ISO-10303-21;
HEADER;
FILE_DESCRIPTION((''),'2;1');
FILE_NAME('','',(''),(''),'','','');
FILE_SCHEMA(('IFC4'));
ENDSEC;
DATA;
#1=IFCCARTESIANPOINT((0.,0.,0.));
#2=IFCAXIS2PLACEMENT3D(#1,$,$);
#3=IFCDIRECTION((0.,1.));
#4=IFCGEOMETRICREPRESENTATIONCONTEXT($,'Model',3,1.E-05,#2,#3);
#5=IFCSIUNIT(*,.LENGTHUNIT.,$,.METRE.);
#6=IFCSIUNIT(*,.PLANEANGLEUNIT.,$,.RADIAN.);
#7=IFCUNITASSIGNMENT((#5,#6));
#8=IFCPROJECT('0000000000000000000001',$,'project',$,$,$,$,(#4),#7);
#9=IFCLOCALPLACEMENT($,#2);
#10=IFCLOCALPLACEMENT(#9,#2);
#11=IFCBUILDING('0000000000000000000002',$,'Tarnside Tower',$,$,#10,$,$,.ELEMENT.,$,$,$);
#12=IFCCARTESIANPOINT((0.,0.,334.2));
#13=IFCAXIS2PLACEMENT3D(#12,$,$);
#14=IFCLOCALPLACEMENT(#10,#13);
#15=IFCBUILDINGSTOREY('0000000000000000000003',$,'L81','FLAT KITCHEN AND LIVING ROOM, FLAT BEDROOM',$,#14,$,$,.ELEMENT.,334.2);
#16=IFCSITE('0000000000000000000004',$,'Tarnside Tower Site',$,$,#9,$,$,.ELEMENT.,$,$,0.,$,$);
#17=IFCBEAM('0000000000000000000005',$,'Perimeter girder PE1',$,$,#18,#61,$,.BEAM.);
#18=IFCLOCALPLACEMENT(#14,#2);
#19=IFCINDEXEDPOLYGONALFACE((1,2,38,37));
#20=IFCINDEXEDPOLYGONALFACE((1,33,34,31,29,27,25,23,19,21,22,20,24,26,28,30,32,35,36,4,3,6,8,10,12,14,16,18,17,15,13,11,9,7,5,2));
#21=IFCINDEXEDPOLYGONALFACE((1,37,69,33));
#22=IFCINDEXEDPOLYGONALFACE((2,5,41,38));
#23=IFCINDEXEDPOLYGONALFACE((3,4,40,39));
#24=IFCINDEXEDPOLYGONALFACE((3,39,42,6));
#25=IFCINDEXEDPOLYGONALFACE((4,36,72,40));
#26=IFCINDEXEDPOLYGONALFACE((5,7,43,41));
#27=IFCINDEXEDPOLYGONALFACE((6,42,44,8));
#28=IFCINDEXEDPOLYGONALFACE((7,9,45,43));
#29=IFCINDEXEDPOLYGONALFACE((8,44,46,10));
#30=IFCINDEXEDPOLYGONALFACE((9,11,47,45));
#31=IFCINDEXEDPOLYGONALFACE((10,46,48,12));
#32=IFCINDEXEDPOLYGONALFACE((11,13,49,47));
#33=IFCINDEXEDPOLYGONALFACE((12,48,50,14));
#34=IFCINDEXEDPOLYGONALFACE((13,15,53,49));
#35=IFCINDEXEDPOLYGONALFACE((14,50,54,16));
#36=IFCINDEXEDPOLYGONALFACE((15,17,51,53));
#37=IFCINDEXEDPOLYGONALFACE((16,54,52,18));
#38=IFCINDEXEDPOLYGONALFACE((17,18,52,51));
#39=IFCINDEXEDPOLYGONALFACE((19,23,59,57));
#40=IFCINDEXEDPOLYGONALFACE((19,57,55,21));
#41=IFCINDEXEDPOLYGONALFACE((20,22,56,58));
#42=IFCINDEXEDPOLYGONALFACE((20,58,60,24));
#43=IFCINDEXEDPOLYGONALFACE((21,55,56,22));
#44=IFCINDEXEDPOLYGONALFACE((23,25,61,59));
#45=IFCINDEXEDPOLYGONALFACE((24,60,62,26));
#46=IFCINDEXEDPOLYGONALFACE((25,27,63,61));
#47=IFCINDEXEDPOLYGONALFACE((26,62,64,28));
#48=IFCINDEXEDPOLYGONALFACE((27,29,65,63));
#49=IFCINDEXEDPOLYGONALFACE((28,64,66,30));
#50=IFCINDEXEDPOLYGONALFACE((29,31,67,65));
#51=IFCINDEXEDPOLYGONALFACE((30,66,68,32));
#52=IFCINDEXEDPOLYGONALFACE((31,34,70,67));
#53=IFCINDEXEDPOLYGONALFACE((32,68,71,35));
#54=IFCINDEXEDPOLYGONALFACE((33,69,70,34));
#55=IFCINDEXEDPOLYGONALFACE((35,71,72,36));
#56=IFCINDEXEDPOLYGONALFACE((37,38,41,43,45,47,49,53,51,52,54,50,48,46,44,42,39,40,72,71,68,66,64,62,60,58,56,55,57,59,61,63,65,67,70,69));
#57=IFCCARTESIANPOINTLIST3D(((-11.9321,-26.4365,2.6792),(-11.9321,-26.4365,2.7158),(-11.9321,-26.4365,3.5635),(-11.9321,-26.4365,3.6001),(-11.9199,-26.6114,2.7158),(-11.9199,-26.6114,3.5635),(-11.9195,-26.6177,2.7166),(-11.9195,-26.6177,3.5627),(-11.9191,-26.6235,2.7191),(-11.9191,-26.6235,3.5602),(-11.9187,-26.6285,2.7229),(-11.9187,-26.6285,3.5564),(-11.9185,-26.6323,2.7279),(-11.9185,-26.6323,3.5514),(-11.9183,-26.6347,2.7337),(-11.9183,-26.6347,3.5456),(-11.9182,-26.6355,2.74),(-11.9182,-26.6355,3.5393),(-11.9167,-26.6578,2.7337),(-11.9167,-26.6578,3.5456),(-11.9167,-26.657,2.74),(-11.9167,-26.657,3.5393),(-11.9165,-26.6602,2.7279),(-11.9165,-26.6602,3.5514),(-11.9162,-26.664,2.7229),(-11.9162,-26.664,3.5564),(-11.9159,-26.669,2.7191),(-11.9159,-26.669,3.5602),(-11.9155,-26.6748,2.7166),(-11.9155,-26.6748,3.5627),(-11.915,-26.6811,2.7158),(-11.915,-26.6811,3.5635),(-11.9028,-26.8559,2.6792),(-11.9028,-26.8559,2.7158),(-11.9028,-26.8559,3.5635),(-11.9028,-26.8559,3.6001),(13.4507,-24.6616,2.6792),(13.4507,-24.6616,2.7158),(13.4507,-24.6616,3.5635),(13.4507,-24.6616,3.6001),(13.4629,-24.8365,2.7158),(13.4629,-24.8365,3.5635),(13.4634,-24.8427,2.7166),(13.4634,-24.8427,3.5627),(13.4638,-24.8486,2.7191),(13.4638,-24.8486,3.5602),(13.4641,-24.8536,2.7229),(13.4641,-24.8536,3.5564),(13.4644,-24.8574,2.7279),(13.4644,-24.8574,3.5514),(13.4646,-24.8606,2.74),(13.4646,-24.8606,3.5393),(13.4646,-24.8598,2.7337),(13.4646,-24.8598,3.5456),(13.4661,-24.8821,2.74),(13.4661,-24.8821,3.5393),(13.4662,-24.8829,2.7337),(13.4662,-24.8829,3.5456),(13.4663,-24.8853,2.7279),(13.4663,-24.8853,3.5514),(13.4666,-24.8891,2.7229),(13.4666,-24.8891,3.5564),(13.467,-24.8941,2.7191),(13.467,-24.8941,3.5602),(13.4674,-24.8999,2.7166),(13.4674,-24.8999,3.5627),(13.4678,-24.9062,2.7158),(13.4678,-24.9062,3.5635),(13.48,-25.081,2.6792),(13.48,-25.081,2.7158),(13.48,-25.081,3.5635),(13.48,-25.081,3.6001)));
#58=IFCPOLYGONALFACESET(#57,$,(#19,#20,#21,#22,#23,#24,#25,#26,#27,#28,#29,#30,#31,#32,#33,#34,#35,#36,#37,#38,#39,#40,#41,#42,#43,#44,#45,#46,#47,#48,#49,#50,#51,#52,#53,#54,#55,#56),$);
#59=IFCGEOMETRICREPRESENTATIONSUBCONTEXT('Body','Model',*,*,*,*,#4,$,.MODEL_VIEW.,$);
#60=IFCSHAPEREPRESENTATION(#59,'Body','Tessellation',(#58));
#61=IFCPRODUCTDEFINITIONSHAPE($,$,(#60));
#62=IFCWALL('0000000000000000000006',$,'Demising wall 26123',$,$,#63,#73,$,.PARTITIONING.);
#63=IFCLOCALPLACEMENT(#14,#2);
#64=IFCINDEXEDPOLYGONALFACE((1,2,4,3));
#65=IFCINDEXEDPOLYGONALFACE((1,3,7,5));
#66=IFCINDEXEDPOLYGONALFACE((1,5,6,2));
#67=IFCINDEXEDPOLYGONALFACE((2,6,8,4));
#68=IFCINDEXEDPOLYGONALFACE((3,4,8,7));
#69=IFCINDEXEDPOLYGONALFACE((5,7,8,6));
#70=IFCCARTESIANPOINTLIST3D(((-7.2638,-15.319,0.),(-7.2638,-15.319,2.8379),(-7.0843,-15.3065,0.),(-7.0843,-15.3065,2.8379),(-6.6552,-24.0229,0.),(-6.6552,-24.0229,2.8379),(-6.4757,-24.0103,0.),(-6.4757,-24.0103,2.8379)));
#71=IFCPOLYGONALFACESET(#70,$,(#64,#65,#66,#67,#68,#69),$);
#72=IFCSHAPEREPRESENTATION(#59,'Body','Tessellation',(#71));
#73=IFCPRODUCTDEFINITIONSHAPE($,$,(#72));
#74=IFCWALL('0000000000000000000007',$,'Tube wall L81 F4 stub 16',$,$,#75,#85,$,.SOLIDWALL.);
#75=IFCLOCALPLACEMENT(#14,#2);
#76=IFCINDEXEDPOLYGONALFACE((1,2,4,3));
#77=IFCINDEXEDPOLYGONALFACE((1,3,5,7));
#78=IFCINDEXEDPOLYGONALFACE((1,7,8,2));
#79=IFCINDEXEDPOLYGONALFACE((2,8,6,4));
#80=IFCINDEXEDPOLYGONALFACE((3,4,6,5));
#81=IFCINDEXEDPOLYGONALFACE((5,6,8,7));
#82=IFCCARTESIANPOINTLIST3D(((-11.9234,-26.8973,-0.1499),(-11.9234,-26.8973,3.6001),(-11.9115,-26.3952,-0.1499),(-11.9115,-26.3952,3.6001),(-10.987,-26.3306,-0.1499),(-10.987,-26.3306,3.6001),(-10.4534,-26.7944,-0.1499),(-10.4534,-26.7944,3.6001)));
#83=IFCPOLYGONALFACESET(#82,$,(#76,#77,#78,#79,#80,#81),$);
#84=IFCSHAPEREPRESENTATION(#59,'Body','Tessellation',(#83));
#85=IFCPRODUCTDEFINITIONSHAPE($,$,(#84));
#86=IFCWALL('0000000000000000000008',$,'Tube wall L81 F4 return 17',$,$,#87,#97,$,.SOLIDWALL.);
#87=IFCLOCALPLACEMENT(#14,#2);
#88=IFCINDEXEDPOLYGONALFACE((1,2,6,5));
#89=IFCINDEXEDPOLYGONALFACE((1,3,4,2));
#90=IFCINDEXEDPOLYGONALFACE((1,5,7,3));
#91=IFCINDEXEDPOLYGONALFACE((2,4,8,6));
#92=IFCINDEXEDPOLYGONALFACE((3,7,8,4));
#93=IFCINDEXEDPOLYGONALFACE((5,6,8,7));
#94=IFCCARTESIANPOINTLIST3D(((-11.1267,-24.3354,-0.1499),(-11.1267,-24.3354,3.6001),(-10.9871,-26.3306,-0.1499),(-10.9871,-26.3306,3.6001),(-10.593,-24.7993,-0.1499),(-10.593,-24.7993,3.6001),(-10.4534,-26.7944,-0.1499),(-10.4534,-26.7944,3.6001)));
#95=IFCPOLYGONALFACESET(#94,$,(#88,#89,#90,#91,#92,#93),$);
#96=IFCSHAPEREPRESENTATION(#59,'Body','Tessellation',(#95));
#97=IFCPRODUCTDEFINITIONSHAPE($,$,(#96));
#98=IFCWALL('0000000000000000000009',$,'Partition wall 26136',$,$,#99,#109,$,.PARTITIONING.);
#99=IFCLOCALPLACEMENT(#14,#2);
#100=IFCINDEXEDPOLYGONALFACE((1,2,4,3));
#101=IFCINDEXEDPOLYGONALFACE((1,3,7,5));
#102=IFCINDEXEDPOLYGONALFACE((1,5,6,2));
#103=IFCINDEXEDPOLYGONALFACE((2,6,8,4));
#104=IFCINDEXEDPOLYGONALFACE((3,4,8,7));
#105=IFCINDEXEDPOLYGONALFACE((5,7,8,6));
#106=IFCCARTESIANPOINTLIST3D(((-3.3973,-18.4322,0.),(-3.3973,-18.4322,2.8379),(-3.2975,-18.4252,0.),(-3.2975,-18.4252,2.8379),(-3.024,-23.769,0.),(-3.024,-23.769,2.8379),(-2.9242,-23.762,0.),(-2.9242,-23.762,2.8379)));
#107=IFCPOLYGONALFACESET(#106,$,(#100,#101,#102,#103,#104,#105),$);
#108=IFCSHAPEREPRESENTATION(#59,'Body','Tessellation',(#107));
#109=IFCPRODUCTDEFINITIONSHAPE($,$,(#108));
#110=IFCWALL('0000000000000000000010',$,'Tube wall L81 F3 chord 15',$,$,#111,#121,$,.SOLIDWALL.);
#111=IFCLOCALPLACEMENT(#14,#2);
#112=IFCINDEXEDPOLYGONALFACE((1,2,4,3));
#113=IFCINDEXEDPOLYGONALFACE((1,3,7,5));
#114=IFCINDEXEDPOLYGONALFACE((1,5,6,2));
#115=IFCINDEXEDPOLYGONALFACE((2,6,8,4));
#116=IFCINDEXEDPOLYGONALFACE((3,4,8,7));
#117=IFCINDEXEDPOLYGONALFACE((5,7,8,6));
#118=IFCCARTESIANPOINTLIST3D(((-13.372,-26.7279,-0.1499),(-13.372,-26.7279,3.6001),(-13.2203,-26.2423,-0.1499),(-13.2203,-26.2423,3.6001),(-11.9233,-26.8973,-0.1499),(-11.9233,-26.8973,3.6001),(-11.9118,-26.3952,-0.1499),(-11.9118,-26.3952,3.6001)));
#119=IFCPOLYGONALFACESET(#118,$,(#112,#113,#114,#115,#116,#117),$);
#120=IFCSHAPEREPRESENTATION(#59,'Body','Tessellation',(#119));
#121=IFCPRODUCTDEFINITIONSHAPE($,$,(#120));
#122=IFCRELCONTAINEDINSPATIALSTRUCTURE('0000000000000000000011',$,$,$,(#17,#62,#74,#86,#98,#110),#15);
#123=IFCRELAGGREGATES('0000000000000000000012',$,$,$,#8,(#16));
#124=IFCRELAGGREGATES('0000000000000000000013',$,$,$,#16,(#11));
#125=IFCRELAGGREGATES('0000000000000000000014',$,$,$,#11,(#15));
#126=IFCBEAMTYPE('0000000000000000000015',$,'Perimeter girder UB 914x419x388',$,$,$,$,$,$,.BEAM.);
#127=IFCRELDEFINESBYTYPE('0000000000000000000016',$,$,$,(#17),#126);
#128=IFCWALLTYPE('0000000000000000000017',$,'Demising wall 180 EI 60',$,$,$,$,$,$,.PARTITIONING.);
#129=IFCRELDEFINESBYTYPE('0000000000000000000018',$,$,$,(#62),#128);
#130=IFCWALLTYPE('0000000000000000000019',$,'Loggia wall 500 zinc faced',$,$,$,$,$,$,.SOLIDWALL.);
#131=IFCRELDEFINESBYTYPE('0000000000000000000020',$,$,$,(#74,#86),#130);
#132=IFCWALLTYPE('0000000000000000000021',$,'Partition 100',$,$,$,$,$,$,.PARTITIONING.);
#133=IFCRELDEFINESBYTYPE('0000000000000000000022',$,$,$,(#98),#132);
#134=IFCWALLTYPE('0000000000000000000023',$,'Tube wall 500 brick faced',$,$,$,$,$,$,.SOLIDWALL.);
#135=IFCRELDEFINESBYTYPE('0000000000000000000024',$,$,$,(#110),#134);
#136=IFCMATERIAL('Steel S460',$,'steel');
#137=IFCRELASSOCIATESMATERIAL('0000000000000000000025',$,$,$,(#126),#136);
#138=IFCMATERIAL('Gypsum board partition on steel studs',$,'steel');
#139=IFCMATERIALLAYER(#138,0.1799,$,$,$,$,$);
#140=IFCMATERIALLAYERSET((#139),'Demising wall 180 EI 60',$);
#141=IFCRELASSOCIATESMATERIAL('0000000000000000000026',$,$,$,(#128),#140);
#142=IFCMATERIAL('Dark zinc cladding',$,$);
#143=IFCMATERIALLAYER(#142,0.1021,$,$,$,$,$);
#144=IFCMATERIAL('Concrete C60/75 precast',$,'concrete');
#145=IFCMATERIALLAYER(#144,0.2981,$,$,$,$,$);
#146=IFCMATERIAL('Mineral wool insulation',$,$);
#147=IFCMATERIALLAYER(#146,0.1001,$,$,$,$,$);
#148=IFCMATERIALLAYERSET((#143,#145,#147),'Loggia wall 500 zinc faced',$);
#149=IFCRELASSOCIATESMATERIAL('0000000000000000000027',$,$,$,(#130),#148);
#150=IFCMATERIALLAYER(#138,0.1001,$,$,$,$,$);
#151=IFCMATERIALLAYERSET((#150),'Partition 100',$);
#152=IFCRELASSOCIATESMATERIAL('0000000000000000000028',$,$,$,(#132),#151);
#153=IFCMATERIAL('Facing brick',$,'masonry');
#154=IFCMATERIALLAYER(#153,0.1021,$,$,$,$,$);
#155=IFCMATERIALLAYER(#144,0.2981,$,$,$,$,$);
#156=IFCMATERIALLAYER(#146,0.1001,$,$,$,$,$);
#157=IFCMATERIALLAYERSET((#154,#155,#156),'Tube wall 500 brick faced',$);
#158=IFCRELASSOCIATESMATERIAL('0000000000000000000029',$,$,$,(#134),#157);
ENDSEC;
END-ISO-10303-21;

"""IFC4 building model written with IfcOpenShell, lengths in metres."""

from ifc_helpers import new_model, si_unit, direction, frame, frame_2d, origin, origin_2d, place, context, subcontext, project, spatial, polyline, rectangle, i_section, outline, extrude, material, layer, layer_set, material_profile, profile_set, type_object, element, save


model = new_model("IFC4")

# Units and contexts
model_context = context("Model", 3, precision=1e-05, world=origin(), true_north=direction((0.0, 1.0)))
body_context = subcontext(model_context, "Body", "Model", "MODEL_VIEW")
ifc_project = project(units=[si_unit("LENGTHUNIT", "METRE"), si_unit("PLANEANGLEUNIT", "RADIAN")], contexts=[model_context])

# Site, building, storey
site_placement = place(None, origin())
site = spatial("IfcSite", under=ifc_project, at=site_placement, Name="Tarnside Tower Site", CompositionType="ELEMENT", RefElevation=0.0)
building_placement = place(site_placement, origin())
building = spatial("IfcBuilding", under=site, at=building_placement, Name="Tarnside Tower", CompositionType="ELEMENT")
storey_placement = place(building_placement, frame((0.0, 0.0, 334.2)))
storey = spatial("IfcBuildingStorey", under=building, at=storey_placement, Name="L81", Description="FLAT KITCHEN AND LIVING ROOM, FLAT BEDROOM", CompositionType="ELEMENT", Elevation=334.2)

# Beam
ifc_material_1 = material(Name="Steel S460", Category="steel")
ifc_material_profile = material_profile(ifc_material_1, i_section(OverallWidth=0.4204, OverallDepth=0.9209, WebThickness=0.0215, FlangeThickness=0.0366, FilletRadius=0.0242, at=origin_2d()), Name="UB 914x419x388")
ifc_profile_set = profile_set([ifc_material_profile], Name="Steel S460")
beam_type = type_object("IfcBeamType", Name="Perimeter girder UB 914x419x388", PredefinedType="BEAM", material=ifc_profile_set)
beam_placement = place(storey_placement, frame((-11.9175, -26.6462, 3.1396), z_axis=(0.997564, 0.069755, 0.0), x_axis=(-0.069755, 0.997564, 0.0)))
element("IfcBeam", 1, at=beam_placement, inside=storey, type_object=beam_type, Name="Perimeter girder PE1", PredefinedType="BEAM", context=body_context, shape_type="SweptSolid", body=[
    extrude(i_section(OverallWidth=0.4204, OverallDepth=0.9209, WebThickness=0.0215, FlangeThickness=0.0366, FilletRadius=0.0242, at=origin_2d()), origin(), (0.0, 0.0, 1.0), 25.4448),
])

# Walls
ifc_material_2 = material(Name="Gypsum board partition on steel studs", Category="steel")
ifc_layer_1 = layer(ifc_material_2, 0.1799)
ifc_layer_set_1 = layer_set([ifc_layer_1], Name="Demising wall 180 EI 60")
wall_type_1 = type_object("IfcWallType", Name="Demising wall 180 EI 60", PredefinedType="PARTITIONING", material=ifc_layer_set_1)
wall_1_placement = place(storey_placement, frame((-6.5654, -24.0166, 0.0), z_axis=(0.0, 0.0, 1.0), x_axis=(-0.069758, 0.997564, 0.0)))
element("IfcWall", 2, at=wall_1_placement, inside=storey, type_object=wall_type_1, Name="Demising wall 26123", PredefinedType="PARTITIONING", context=body_context, shape_type="SweptSolid", body=[
    extrude(rectangle(XDim=8.7251, YDim=0.1799, at=frame_2d((4.3625, 0.0))), origin(), (0.0, 0.0, 1.0), 2.8379),
])
ifc_material_3 = material(Name="Dark zinc cladding")
ifc_layer_2 = layer(ifc_material_3, 0.1021)
ifc_material_4 = material(Name="Concrete C60/75 precast", Category="concrete")
ifc_layer_3 = layer(ifc_material_4, 0.2981)
ifc_material_5 = material(Name="Mineral wool insulation")
ifc_layer_4 = layer(ifc_material_5, 0.1001)
ifc_layer_set_2 = layer_set([ifc_layer_2, ifc_layer_3, ifc_layer_4], Name="Loggia wall 500 zinc faced")
wall_type_2 = type_object("IfcWallType", Name="Loggia wall 500 zinc faced", PredefinedType="SOLIDWALL", material=ifc_layer_set_2)
wall_2_placement = place(storey_placement, frame((-11.9175, -26.6462, -0.1499), z_axis=(0.0, 0.0, 1.0), x_axis=(0.997563, 0.069772, 0.0)))
element("IfcWall", 3, at=wall_2_placement, inside=storey, type_object=wall_type_2, Name="Tube wall L81 F4 stub 16", PredefinedType="SOLIDWALL", context=body_context, shape_type="SweptSolid", body=[
    extrude(outline(polyline([(-0.0234, -0.25), (1.4502, -0.25), (0.9502, 0.25), (0.0234, 0.25), (-0.0234, -0.25)])), origin(), (0.0, 0.0, 1.0), 3.75),
])
wall_3_placement = place(storey_placement, frame((-10.7202, -26.5625, -0.1499), z_axis=(0.0, 0.0, 1.0), x_axis=(-0.069824, 0.997559, 0.0)))
element("IfcWall", 4, at=wall_3_placement, inside=storey, type_object=wall_type_2, Name="Tube wall L81 F4 return 17", PredefinedType="SOLIDWALL", context=body_context, shape_type="SweptSolid", body=[
    extrude(outline(polyline([(-0.25, -0.25), (1.75, -0.25), (2.25, 0.25), (0.25, 0.25), (-0.25, -0.25)])), origin(), (0.0, 0.0, 1.0), 3.75),
])

# Walls
ifc_layer_5 = layer(ifc_material_2, 0.1001)
ifc_layer_set_3 = layer_set([ifc_layer_5], Name="Partition 100")
wall_type_3 = type_object("IfcWallType", Name="Partition 100", PredefinedType="PARTITIONING", material=ifc_layer_set_3)
wall_4_placement = place(storey_placement, frame((-2.9741, -23.7654, 0.0), z_axis=(0.0, 0.0, 1.0), x_axis=(-0.069775, 0.997563, 0.0)))
element("IfcWall", 5, at=wall_4_placement, inside=storey, type_object=wall_type_3, Name="Partition wall 26136", PredefinedType="PARTITIONING", context=body_context, shape_type="SweptSolid", body=[
    extrude(rectangle(XDim=5.3499, YDim=0.1001, at=frame_2d((2.6748, 0.0))), origin(), (0.0, 0.0, 1.0), 2.8379),
])
ifc_material_6 = material(Name="Facing brick", Category="masonry")
ifc_layer_6 = layer(ifc_material_6, 0.1021)
ifc_layer_7 = layer(ifc_material_4, 0.2981)
ifc_layer_8 = layer(ifc_material_5, 0.1001)
ifc_layer_set_4 = layer_set([ifc_layer_6, ifc_layer_7, ifc_layer_8], Name="Tube wall 500 brick faced")
wall_type_4 = type_object("IfcWallType", Name="Tube wall 500 brick faced", PredefinedType="SOLIDWALL", material=ifc_layer_set_4)
wall_5_placement = place(storey_placement, frame((-13.2961, -26.4851, -0.1499), z_axis=(0.0, 0.0, 1.0), x_axis=(0.993239, -0.116086, 0.0)))
element("IfcWall", 6, at=wall_5_placement, inside=storey, type_object=wall_type_4, Name="Tube wall L81 F3 chord 15", PredefinedType="SOLIDWALL", context=body_context, shape_type="SweptSolid", body=[
    extrude(outline(polyline([(-0.0471, -0.25), (1.4114, -0.25), (1.3645, 0.25), (0.0471, 0.25), (-0.0471, -0.25)])), origin(), (0.0, 0.0, 1.0), 3.75),
])

save(model, "model.ifc")
